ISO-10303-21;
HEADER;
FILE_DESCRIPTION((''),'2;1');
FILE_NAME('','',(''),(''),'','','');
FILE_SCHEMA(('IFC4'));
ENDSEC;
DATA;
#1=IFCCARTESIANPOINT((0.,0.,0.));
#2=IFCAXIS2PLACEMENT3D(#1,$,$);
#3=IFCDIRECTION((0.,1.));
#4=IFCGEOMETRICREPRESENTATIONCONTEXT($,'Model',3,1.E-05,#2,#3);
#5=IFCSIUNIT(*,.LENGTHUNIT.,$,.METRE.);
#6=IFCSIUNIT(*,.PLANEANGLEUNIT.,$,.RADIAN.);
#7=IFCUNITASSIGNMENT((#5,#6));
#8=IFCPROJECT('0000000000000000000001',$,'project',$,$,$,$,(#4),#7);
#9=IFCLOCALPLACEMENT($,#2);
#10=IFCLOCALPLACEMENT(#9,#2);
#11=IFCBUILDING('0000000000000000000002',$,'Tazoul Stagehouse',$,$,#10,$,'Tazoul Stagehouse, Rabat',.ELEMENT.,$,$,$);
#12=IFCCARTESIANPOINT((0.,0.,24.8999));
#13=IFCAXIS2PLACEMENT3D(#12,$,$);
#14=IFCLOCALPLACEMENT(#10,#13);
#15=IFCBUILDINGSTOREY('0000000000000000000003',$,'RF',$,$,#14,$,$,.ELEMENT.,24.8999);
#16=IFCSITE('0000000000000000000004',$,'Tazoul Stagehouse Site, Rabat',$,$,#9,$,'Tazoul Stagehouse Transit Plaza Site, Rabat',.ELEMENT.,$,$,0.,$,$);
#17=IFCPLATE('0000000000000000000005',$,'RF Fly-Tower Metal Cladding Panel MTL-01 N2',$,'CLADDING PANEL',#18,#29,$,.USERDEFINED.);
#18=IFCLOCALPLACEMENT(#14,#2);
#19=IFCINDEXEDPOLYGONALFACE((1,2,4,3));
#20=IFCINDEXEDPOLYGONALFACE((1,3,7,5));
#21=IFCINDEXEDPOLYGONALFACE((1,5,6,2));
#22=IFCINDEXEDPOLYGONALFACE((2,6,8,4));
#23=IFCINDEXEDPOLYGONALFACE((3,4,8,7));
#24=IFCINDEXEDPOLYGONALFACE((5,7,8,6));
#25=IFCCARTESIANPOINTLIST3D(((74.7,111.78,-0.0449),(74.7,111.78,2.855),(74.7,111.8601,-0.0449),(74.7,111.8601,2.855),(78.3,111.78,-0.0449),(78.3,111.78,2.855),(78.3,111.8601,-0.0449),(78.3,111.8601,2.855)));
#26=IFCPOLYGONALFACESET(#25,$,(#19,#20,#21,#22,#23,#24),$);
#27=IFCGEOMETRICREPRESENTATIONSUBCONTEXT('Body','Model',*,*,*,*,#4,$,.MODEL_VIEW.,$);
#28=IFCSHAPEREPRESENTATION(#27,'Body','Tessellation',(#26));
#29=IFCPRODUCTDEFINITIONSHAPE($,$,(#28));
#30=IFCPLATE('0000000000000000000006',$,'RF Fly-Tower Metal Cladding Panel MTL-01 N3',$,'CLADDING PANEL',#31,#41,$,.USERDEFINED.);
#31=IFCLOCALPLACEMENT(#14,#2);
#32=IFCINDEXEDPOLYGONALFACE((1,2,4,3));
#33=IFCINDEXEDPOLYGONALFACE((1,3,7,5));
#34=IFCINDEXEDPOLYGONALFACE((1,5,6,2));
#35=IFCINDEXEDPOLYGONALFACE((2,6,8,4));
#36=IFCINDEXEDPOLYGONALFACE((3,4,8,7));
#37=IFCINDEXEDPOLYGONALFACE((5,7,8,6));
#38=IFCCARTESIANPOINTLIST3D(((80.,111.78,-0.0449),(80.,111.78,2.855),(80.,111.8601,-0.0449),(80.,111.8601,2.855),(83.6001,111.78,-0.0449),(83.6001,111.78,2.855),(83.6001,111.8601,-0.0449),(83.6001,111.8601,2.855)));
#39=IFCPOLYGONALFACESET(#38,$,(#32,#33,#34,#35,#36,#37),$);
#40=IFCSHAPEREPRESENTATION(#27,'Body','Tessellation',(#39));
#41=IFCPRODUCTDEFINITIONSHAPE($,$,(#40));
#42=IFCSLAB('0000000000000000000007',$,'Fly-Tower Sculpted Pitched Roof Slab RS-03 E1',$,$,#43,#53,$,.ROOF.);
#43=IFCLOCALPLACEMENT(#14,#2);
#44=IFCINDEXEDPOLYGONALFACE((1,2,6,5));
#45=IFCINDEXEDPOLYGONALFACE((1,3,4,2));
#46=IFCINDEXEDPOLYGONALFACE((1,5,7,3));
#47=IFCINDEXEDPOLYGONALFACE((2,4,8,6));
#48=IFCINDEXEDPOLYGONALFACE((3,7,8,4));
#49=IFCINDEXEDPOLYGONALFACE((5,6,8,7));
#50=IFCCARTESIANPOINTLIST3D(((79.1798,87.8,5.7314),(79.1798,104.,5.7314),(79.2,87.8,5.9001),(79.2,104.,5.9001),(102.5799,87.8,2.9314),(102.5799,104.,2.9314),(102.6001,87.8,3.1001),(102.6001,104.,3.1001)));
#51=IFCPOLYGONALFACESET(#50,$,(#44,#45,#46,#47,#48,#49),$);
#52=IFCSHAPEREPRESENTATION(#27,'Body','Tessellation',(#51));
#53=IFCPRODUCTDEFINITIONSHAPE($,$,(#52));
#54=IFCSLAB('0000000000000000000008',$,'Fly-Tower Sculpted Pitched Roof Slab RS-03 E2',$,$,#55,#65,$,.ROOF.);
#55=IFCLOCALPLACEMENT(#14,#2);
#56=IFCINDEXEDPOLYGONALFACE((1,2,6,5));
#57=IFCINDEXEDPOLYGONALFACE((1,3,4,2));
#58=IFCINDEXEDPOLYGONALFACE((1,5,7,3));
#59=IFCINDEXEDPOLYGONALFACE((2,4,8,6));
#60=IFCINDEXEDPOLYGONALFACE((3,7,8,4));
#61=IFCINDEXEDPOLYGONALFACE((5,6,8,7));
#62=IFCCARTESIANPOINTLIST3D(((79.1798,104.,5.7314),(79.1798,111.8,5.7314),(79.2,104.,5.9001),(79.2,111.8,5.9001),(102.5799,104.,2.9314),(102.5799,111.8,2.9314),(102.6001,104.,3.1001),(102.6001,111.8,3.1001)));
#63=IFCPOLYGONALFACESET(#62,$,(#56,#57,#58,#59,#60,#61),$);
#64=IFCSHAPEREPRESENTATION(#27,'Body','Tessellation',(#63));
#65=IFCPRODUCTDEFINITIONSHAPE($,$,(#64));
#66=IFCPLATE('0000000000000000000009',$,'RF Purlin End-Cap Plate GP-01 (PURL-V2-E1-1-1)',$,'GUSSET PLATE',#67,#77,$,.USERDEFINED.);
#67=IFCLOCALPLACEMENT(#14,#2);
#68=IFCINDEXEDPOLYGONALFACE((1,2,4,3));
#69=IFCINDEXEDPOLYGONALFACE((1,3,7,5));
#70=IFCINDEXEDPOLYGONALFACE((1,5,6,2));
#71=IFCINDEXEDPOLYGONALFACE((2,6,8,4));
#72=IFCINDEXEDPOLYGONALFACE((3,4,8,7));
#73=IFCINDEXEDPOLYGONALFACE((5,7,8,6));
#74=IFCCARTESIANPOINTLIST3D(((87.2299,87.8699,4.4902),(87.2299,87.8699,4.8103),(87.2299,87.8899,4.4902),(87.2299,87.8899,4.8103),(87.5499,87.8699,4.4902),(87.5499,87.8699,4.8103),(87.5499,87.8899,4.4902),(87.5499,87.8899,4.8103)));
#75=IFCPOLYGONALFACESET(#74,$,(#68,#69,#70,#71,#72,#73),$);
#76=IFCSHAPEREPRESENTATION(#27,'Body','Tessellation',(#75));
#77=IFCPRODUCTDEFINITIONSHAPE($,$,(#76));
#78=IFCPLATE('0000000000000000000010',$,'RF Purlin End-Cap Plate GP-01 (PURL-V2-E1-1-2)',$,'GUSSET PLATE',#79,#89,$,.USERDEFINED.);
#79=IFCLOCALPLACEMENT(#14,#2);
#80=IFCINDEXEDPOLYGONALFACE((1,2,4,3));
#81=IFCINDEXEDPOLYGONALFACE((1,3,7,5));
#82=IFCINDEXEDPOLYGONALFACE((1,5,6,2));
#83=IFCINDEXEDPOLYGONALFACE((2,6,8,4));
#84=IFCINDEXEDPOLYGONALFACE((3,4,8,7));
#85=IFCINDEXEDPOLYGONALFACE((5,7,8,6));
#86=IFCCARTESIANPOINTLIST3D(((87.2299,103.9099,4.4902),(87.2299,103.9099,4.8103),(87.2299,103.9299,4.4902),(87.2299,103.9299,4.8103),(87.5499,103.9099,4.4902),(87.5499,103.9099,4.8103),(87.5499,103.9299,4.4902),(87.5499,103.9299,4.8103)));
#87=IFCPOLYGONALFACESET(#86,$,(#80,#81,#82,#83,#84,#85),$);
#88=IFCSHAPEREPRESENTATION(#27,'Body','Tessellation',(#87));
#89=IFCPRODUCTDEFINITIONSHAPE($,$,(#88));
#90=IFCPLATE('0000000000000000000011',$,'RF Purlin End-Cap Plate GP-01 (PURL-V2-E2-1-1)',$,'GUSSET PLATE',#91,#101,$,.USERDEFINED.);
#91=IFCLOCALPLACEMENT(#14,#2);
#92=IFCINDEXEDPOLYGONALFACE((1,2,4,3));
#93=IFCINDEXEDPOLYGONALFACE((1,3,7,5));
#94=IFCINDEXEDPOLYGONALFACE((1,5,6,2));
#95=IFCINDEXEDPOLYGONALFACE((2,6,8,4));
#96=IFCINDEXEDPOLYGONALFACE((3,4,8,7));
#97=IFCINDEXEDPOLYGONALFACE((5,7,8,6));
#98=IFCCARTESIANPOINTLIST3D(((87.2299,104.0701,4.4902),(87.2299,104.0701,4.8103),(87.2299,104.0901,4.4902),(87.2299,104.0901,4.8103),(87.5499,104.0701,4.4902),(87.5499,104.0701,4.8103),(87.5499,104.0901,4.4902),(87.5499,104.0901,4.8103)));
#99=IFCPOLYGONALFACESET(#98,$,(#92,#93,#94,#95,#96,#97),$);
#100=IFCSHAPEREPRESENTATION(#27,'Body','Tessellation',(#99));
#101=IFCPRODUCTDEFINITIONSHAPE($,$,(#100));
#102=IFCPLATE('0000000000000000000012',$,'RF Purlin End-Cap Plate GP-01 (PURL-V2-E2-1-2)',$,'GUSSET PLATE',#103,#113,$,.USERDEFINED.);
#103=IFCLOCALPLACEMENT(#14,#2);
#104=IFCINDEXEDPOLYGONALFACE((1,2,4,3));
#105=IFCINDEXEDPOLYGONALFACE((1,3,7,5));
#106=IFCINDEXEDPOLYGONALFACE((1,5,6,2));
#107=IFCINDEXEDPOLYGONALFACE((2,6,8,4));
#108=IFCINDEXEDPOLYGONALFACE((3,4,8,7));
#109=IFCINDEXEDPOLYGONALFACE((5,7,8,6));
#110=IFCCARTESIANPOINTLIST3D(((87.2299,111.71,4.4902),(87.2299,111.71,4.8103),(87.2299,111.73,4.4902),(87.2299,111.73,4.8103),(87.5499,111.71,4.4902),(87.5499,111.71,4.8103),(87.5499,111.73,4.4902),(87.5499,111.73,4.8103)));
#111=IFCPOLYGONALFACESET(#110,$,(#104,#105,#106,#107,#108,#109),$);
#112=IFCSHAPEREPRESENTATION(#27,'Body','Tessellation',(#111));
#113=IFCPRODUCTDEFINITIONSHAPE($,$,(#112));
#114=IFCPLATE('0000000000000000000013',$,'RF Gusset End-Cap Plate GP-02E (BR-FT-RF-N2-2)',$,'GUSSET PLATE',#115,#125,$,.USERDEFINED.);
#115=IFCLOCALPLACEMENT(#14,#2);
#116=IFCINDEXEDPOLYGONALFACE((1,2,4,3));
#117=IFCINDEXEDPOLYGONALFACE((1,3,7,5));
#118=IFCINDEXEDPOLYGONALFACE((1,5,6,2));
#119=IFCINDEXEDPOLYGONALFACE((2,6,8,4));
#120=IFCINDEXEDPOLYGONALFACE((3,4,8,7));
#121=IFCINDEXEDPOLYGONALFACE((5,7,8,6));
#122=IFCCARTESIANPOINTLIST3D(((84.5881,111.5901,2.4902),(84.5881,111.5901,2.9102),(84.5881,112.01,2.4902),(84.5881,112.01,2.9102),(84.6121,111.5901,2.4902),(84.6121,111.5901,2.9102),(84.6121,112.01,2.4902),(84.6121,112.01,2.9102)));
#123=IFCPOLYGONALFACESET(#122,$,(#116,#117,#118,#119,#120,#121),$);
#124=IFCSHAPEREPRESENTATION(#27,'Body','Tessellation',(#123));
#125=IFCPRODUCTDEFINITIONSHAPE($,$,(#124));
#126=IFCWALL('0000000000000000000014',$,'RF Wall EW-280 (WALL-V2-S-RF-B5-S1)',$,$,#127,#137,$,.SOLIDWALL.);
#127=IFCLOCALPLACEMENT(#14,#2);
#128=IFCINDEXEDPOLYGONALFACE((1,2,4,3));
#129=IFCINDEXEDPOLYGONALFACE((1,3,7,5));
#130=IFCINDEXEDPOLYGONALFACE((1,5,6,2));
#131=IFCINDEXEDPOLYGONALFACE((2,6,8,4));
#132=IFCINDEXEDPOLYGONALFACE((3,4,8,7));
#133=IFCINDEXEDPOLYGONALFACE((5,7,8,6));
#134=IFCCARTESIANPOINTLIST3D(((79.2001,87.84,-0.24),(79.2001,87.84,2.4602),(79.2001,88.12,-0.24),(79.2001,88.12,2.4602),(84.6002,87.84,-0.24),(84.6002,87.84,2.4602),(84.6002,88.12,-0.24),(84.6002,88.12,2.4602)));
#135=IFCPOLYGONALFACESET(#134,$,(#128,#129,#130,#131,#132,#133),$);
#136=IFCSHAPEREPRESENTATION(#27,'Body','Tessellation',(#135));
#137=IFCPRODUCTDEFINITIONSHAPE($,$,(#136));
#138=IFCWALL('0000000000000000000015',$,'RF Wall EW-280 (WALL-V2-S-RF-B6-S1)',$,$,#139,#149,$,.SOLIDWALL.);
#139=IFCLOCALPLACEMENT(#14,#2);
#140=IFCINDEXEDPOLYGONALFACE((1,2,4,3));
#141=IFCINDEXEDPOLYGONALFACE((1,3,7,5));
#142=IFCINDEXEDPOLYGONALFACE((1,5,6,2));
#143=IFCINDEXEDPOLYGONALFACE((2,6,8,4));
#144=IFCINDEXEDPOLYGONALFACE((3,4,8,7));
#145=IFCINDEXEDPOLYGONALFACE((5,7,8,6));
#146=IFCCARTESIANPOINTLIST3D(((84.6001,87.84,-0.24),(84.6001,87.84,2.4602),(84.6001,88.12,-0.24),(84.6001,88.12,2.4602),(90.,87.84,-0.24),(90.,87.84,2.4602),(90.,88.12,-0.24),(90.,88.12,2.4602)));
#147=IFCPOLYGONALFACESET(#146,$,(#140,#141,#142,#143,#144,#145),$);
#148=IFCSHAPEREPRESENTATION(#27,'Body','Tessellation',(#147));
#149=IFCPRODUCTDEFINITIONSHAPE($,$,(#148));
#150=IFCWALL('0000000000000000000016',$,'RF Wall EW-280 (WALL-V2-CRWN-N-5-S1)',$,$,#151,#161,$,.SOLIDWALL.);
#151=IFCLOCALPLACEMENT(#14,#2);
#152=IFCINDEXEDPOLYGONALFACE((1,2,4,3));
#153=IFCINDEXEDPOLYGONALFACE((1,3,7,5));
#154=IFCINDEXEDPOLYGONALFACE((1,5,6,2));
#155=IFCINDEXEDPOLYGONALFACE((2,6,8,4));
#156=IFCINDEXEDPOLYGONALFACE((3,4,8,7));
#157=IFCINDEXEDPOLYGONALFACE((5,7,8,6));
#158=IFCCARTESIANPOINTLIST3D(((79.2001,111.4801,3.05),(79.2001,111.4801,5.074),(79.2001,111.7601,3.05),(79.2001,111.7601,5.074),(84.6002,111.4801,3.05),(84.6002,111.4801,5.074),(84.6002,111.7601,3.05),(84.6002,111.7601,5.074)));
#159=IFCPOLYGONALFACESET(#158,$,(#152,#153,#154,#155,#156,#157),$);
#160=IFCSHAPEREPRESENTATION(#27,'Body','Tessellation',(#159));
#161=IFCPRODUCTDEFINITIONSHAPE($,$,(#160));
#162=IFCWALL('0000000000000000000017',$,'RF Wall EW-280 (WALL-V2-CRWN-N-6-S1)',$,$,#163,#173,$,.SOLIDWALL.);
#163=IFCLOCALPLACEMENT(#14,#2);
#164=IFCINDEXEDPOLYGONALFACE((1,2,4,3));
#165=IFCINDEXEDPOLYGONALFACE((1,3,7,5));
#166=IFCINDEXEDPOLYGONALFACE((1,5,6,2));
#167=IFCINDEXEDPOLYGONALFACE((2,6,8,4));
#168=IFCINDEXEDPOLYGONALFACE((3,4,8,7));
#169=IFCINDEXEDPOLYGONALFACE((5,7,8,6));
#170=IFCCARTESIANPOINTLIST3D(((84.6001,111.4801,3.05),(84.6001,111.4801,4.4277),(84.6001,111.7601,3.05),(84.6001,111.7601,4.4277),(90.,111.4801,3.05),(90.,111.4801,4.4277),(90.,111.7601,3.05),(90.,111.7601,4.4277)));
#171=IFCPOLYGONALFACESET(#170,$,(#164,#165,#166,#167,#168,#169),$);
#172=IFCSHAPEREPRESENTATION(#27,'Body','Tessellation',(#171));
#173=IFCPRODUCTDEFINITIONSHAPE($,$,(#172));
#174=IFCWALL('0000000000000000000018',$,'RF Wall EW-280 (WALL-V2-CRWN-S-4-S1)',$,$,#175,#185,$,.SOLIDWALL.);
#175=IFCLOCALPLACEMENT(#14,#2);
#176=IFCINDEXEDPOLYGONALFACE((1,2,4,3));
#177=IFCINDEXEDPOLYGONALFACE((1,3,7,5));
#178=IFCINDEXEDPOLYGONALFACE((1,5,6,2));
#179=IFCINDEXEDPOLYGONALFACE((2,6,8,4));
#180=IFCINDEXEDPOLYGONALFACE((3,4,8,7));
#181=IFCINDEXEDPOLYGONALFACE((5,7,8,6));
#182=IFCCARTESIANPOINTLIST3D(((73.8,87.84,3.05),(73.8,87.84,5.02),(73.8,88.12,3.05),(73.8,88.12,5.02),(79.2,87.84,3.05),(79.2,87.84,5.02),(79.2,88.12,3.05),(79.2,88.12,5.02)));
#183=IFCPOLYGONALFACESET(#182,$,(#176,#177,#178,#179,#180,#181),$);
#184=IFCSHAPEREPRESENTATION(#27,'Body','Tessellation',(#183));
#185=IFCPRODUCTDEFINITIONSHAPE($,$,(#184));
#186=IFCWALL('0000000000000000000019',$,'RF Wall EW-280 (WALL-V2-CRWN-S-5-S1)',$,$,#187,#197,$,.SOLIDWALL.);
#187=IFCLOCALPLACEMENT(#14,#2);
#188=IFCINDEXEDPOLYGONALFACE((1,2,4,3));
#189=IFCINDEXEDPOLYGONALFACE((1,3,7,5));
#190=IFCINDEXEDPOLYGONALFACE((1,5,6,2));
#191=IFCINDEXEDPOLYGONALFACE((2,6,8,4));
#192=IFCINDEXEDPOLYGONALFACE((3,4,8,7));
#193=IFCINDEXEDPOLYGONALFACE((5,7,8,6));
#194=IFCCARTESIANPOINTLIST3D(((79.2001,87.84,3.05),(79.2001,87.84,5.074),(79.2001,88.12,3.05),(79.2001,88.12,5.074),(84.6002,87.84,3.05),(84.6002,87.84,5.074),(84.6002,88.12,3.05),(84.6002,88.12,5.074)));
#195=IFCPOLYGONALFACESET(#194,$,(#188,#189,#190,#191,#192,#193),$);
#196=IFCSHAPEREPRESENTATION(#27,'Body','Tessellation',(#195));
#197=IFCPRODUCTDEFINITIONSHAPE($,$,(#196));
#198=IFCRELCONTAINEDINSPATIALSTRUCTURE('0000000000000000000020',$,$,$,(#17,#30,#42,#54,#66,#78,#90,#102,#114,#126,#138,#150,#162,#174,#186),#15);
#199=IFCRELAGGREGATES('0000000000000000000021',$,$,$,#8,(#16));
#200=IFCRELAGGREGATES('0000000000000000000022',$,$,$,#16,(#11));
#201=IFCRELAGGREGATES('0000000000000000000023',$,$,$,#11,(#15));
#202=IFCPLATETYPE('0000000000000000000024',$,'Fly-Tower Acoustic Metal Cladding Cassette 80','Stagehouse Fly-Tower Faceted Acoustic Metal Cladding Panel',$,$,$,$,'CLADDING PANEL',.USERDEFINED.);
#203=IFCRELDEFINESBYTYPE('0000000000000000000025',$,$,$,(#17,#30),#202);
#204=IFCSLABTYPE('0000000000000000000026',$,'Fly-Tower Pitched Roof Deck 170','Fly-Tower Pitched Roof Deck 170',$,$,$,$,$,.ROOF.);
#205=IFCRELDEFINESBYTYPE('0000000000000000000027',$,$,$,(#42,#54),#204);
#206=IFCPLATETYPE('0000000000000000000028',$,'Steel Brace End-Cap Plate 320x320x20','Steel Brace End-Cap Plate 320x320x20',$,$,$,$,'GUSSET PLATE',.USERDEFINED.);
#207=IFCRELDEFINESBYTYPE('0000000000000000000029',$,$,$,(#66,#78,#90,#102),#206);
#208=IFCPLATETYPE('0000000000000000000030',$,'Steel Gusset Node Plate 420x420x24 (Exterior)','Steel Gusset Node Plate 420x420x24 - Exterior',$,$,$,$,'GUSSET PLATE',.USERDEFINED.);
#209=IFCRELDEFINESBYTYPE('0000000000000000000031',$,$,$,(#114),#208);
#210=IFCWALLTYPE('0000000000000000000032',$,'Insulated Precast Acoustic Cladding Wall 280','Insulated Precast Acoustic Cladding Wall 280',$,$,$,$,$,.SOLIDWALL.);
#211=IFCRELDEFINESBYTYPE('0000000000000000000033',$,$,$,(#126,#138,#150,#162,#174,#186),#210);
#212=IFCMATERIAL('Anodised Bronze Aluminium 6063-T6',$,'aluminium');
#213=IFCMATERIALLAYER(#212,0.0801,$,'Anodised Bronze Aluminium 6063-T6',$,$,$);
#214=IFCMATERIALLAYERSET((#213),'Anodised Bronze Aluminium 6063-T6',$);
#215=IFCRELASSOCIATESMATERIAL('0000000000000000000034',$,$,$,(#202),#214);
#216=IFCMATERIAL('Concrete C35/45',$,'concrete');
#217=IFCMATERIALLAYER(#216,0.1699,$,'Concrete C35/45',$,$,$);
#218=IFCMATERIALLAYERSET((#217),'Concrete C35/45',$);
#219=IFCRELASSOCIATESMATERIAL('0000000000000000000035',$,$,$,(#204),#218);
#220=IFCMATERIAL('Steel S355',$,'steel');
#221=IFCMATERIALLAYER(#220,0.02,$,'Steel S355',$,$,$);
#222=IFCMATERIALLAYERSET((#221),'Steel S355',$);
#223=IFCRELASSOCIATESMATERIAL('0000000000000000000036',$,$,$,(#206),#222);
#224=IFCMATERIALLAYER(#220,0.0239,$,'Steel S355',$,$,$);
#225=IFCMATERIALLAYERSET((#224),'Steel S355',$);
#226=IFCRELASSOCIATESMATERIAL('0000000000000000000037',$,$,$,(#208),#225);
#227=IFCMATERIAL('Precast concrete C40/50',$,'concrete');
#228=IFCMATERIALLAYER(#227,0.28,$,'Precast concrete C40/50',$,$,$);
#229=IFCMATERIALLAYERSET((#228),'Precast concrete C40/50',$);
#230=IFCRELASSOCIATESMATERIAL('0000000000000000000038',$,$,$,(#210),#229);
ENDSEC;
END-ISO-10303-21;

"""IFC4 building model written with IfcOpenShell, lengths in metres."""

from ifc_helpers import new_model, si_unit, direction, frame, frame_2d, origin, origin_2d, place, context, subcontext, project, spatial, polyline, rectangle, outline, extrude, material, layer, layer_set, type_object, element, save


model = new_model("IFC4")

# Units and contexts
model_context = context("Model", 3, precision=1e-05, world=origin(), true_north=direction((0.0, 1.0)))
body_context = subcontext(model_context, "Body", "Model", "MODEL_VIEW")
ifc_project = project(units=[si_unit("LENGTHUNIT", "METRE"), si_unit("PLANEANGLEUNIT", "RADIAN")], contexts=[model_context])

# Site, building, storey
site_placement = place(None, origin())
site = spatial("IfcSite", under=ifc_project, at=site_placement, Name="Tazoul Stagehouse Site, Rabat", LongName="Tazoul Stagehouse Transit Plaza Site, Rabat", CompositionType="ELEMENT", RefElevation=0.0)
building_placement = place(site_placement, origin())
building = spatial("IfcBuilding", under=site, at=building_placement, Name="Tazoul Stagehouse", LongName="Tazoul Stagehouse, Rabat", CompositionType="ELEMENT")
storey_placement = place(building_placement, frame((0.0, 0.0, 24.8999)))
storey = spatial("IfcBuildingStorey", under=building, at=storey_placement, Name="RF", CompositionType="ELEMENT", Elevation=24.8999)

# Shared definitions
ifc_material_1 = material(Name="Steel S355", Category="steel")

# Plates
ifc_material_2 = material(Name="Anodised Bronze Aluminium 6063-T6", Category="aluminium")
ifc_layer_1 = layer(ifc_material_2, 0.0801, Name="Anodised Bronze Aluminium 6063-T6")
ifc_layer_set_1 = layer_set([ifc_layer_1], Name="Anodised Bronze Aluminium 6063-T6")
plate_type_1 = type_object("IfcPlateType", Name="Fly-Tower Acoustic Metal Cladding Cassette 80", Description="Stagehouse Fly-Tower Faceted Acoustic Metal Cladding Panel", ElementType="CLADDING PANEL", PredefinedType="USERDEFINED", material=ifc_layer_set_1)
for number, where, z_axis, x_axis, name in (
    (1, (76.5, 111.8201, -0.0449), (0.0, 0.0, 1.0), (1.0, 0.0, 0.0), "RF Fly-Tower Metal Cladding Panel MTL-01 N2"),
    (2, (81.8, 111.8201, -0.0449), (0.0, 0.0, 1.0), (1.0, 0.0, 0.0), "RF Fly-Tower Metal Cladding Panel MTL-01 N3"),
):
    element("IfcPlate", number, at=place(storey_placement, frame(where, z_axis=z_axis, x_axis=x_axis)), inside=storey, type_object=plate_type_1, Name=name, ObjectType="CLADDING PANEL", PredefinedType="USERDEFINED", context=body_context, shape_type="SweptSolid", body=[
        extrude(rectangle(XDim=3.6001, YDim=0.0801, at=origin_2d()), origin(), (0.0, 0.0, 1.0), 2.8999),
    ])

# Slabs
ifc_material_3 = material(Name="Concrete C35/45", Category="concrete")
ifc_layer_2 = layer(ifc_material_3, 0.1699, Name="Concrete C35/45")
ifc_layer_set_2 = layer_set([ifc_layer_2], Name="Concrete C35/45")
slab_type = type_object("IfcSlabType", Name="Fly-Tower Pitched Roof Deck 170", Description="Fly-Tower Pitched Roof Deck 170", PredefinedType="ROOF", material=ifc_layer_set_2)
slab_1_placement = place(storey_placement, frame((79.2, 87.8, 5.9001), z_axis=(0.118812, 0.0, 0.992917), x_axis=(0.992917, 0.0, -0.118812)))
element("IfcSlab", 3, at=slab_1_placement, inside=storey, type_object=slab_type, Name="Fly-Tower Sculpted Pitched Roof Slab RS-03 E1", PredefinedType="ROOF", context=body_context, shape_type="SweptSolid", body=[
    extrude(outline(polyline([(0.0, 0.0), (23.5671, 0.0), (23.5671, 16.2), (0.0, 16.2), (0.0, 0.0)])), origin(), (0.0, 0.0, -1.0), 0.1699),
])
slab_2_placement = place(storey_placement, frame((79.2, 104.0, 5.9001), z_axis=(0.118812, 0.0, 0.992917), x_axis=(0.992917, 0.0, -0.118812)))
element("IfcSlab", 4, at=slab_2_placement, inside=storey, type_object=slab_type, Name="Fly-Tower Sculpted Pitched Roof Slab RS-03 E2", PredefinedType="ROOF", context=body_context, shape_type="SweptSolid", body=[
    extrude(outline(polyline([(0.0, 0.0), (23.5671, 0.0), (23.5671, 7.8), (0.0, 7.8), (0.0, 0.0)])), origin(), (0.0, 0.0, -1.0), 0.1699),
])

# Plates
ifc_layer_3 = layer(ifc_material_1, 0.02, Name="Steel S355")
ifc_layer_set_3 = layer_set([ifc_layer_3], Name="Steel S355")
plate_type_2 = type_object("IfcPlateType", Name="Steel Brace End-Cap Plate 320x320x20", Description="Steel Brace End-Cap Plate 320x320x20", ElementType="GUSSET PLATE", PredefinedType="USERDEFINED", material=ifc_layer_set_3)
for number, where, z_axis, x_axis, name in (
    (5, (87.3899, 87.8799, 4.4902), (0.0, 0.0, 1.0), (0.0, 1.0, 0.0), "RF Purlin End-Cap Plate GP-01 (PURL-V2-E1-1-1)"),
    (6, (87.3899, 103.9199, 4.4902), (0.0, 0.0, 1.0), (0.0, 1.0, 0.0), "RF Purlin End-Cap Plate GP-01 (PURL-V2-E1-1-2)"),
    (7, (87.3899, 104.0801, 4.4902), (0.0, 0.0, 1.0), (0.0, 1.0, 0.0), "RF Purlin End-Cap Plate GP-01 (PURL-V2-E2-1-1)"),
    (8, (87.3899, 111.72, 4.4902), (0.0, 0.0, 1.0), (0.0, 1.0, 0.0), "RF Purlin End-Cap Plate GP-01 (PURL-V2-E2-1-2)"),
):
    element("IfcPlate", number, at=place(storey_placement, frame(where, z_axis=z_axis, x_axis=x_axis)), inside=storey, type_object=plate_type_2, Name=name, ObjectType="GUSSET PLATE", PredefinedType="USERDEFINED", context=body_context, shape_type="SweptSolid", body=[
        extrude(rectangle(XDim=0.02, YDim=0.3201, at=origin_2d()), origin(), (0.0, 0.0, 1.0), 0.3201),
    ])
ifc_layer_4 = layer(ifc_material_1, 0.0239, Name="Steel S355")
ifc_layer_set_4 = layer_set([ifc_layer_4], Name="Steel S355")
plate_type_3 = type_object("IfcPlateType", Name="Steel Gusset Node Plate 420x420x24 (Exterior)", Description="Steel Gusset Node Plate 420x420x24 - Exterior", ElementType="GUSSET PLATE", PredefinedType="USERDEFINED", material=ifc_layer_set_4)
plate_placement = place(storey_placement, frame((84.6001, 111.8, 2.4902), z_axis=(0.0, 0.0, 1.0), x_axis=(-1.0, 0.0, 0.0)))
element("IfcPlate", 9, at=plate_placement, inside=storey, type_object=plate_type_3, Name="RF Gusset End-Cap Plate GP-02E (BR-FT-RF-N2-2)", ObjectType="GUSSET PLATE", PredefinedType="USERDEFINED", context=body_context, shape_type="SweptSolid", body=[
    extrude(rectangle(XDim=0.0239, YDim=0.4199, at=origin_2d()), origin(), (0.0, 0.0, 1.0), 0.4199),
])

# Walls
ifc_material_4 = material(Name="Precast concrete C40/50", Category="concrete")
ifc_layer_5 = layer(ifc_material_4, 0.28, Name="Precast concrete C40/50")
ifc_layer_set_5 = layer_set([ifc_layer_5], Name="Precast concrete C40/50")
wall_type = type_object("IfcWallType", Name="Insulated Precast Acoustic Cladding Wall 280", Description="Insulated Precast Acoustic Cladding Wall 280", PredefinedType="SOLIDWALL", material=ifc_layer_set_5)
wall_1_placement = place(storey_placement, frame((79.2, 87.98, -0.24), z_axis=(0.0, 0.0, 1.0), x_axis=(1.0, 0.0, 0.0)))
element("IfcWall", 10, at=wall_1_placement, inside=storey, type_object=wall_type, Name="RF Wall EW-280 (WALL-V2-S-RF-B5-S1)", PredefinedType="SOLIDWALL", context=body_context, shape_type="SweptSolid", body=[
    extrude(rectangle(XDim=5.4001, YDim=0.28, at=frame_2d((2.7002, 0.0))), origin(), (0.0, 0.0, 1.0), 2.7002),
])
wall_2_placement = place(storey_placement, frame((84.6001, 87.98, -0.24), z_axis=(0.0, 0.0, 1.0), x_axis=(1.0, 0.0, 0.0)))
element("IfcWall", 11, at=wall_2_placement, inside=storey, type_object=wall_type, Name="RF Wall EW-280 (WALL-V2-S-RF-B6-S1)", PredefinedType="SOLIDWALL", context=body_context, shape_type="SweptSolid", body=[
    extrude(rectangle(XDim=5.3999, YDim=0.28, at=frame_2d((2.7, 0.0))), origin(), (0.0, 0.0, 1.0), 2.7002),
])
wall_3_placement = place(storey_placement, frame((79.2, 111.6201, 3.05), z_axis=(0.0, 0.0, 1.0), x_axis=(1.0, 0.0, 0.0)))
element("IfcWall", 12, at=wall_3_placement, inside=storey, type_object=wall_type, Name="RF Wall EW-280 (WALL-V2-CRWN-N-5-S1)", PredefinedType="SOLIDWALL", context=body_context, shape_type="SweptSolid", body=[
    extrude(rectangle(XDim=5.4001, YDim=0.28, at=frame_2d((2.7002, 0.0))), origin(), (0.0, 0.0, 1.0), 2.0239),
])
wall_4_placement = place(storey_placement, frame((84.6001, 111.6201, 3.05), z_axis=(0.0, 0.0, 1.0), x_axis=(1.0, 0.0, 0.0)))
element("IfcWall", 13, at=wall_4_placement, inside=storey, type_object=wall_type, Name="RF Wall EW-280 (WALL-V2-CRWN-N-6-S1)", PredefinedType="SOLIDWALL", context=body_context, shape_type="SweptSolid", body=[
    extrude(rectangle(XDim=5.3999, YDim=0.28, at=frame_2d((2.7, 0.0))), origin(), (0.0, 0.0, 1.0), 1.3777),
])
wall_5_placement = place(storey_placement, frame((73.8, 87.98, 3.05), z_axis=(0.0, 0.0, 1.0), x_axis=(1.0, 0.0, 0.0)))
element("IfcWall", 14, at=wall_5_placement, inside=storey, type_object=wall_type, Name="RF Wall EW-280 (WALL-V2-CRWN-S-4-S1)", PredefinedType="SOLIDWALL", context=body_context, shape_type="SweptSolid", body=[
    extrude(rectangle(XDim=5.3999, YDim=0.28, at=frame_2d((2.7, 0.0))), origin(), (0.0, 0.0, 1.0), 1.97),
])
wall_6_placement = place(storey_placement, frame((79.2, 87.98, 3.05), z_axis=(0.0, 0.0, 1.0), x_axis=(1.0, 0.0, 0.0)))
element("IfcWall", 15, at=wall_6_placement, inside=storey, type_object=wall_type, Name="RF Wall EW-280 (WALL-V2-CRWN-S-5-S1)", PredefinedType="SOLIDWALL", context=body_context, shape_type="SweptSolid", body=[
    extrude(rectangle(XDim=5.4001, YDim=0.28, at=frame_2d((2.7002, 0.0))), origin(), (0.0, 0.0, 1.0), 2.0239),
])

save(model, "model.ifc")
